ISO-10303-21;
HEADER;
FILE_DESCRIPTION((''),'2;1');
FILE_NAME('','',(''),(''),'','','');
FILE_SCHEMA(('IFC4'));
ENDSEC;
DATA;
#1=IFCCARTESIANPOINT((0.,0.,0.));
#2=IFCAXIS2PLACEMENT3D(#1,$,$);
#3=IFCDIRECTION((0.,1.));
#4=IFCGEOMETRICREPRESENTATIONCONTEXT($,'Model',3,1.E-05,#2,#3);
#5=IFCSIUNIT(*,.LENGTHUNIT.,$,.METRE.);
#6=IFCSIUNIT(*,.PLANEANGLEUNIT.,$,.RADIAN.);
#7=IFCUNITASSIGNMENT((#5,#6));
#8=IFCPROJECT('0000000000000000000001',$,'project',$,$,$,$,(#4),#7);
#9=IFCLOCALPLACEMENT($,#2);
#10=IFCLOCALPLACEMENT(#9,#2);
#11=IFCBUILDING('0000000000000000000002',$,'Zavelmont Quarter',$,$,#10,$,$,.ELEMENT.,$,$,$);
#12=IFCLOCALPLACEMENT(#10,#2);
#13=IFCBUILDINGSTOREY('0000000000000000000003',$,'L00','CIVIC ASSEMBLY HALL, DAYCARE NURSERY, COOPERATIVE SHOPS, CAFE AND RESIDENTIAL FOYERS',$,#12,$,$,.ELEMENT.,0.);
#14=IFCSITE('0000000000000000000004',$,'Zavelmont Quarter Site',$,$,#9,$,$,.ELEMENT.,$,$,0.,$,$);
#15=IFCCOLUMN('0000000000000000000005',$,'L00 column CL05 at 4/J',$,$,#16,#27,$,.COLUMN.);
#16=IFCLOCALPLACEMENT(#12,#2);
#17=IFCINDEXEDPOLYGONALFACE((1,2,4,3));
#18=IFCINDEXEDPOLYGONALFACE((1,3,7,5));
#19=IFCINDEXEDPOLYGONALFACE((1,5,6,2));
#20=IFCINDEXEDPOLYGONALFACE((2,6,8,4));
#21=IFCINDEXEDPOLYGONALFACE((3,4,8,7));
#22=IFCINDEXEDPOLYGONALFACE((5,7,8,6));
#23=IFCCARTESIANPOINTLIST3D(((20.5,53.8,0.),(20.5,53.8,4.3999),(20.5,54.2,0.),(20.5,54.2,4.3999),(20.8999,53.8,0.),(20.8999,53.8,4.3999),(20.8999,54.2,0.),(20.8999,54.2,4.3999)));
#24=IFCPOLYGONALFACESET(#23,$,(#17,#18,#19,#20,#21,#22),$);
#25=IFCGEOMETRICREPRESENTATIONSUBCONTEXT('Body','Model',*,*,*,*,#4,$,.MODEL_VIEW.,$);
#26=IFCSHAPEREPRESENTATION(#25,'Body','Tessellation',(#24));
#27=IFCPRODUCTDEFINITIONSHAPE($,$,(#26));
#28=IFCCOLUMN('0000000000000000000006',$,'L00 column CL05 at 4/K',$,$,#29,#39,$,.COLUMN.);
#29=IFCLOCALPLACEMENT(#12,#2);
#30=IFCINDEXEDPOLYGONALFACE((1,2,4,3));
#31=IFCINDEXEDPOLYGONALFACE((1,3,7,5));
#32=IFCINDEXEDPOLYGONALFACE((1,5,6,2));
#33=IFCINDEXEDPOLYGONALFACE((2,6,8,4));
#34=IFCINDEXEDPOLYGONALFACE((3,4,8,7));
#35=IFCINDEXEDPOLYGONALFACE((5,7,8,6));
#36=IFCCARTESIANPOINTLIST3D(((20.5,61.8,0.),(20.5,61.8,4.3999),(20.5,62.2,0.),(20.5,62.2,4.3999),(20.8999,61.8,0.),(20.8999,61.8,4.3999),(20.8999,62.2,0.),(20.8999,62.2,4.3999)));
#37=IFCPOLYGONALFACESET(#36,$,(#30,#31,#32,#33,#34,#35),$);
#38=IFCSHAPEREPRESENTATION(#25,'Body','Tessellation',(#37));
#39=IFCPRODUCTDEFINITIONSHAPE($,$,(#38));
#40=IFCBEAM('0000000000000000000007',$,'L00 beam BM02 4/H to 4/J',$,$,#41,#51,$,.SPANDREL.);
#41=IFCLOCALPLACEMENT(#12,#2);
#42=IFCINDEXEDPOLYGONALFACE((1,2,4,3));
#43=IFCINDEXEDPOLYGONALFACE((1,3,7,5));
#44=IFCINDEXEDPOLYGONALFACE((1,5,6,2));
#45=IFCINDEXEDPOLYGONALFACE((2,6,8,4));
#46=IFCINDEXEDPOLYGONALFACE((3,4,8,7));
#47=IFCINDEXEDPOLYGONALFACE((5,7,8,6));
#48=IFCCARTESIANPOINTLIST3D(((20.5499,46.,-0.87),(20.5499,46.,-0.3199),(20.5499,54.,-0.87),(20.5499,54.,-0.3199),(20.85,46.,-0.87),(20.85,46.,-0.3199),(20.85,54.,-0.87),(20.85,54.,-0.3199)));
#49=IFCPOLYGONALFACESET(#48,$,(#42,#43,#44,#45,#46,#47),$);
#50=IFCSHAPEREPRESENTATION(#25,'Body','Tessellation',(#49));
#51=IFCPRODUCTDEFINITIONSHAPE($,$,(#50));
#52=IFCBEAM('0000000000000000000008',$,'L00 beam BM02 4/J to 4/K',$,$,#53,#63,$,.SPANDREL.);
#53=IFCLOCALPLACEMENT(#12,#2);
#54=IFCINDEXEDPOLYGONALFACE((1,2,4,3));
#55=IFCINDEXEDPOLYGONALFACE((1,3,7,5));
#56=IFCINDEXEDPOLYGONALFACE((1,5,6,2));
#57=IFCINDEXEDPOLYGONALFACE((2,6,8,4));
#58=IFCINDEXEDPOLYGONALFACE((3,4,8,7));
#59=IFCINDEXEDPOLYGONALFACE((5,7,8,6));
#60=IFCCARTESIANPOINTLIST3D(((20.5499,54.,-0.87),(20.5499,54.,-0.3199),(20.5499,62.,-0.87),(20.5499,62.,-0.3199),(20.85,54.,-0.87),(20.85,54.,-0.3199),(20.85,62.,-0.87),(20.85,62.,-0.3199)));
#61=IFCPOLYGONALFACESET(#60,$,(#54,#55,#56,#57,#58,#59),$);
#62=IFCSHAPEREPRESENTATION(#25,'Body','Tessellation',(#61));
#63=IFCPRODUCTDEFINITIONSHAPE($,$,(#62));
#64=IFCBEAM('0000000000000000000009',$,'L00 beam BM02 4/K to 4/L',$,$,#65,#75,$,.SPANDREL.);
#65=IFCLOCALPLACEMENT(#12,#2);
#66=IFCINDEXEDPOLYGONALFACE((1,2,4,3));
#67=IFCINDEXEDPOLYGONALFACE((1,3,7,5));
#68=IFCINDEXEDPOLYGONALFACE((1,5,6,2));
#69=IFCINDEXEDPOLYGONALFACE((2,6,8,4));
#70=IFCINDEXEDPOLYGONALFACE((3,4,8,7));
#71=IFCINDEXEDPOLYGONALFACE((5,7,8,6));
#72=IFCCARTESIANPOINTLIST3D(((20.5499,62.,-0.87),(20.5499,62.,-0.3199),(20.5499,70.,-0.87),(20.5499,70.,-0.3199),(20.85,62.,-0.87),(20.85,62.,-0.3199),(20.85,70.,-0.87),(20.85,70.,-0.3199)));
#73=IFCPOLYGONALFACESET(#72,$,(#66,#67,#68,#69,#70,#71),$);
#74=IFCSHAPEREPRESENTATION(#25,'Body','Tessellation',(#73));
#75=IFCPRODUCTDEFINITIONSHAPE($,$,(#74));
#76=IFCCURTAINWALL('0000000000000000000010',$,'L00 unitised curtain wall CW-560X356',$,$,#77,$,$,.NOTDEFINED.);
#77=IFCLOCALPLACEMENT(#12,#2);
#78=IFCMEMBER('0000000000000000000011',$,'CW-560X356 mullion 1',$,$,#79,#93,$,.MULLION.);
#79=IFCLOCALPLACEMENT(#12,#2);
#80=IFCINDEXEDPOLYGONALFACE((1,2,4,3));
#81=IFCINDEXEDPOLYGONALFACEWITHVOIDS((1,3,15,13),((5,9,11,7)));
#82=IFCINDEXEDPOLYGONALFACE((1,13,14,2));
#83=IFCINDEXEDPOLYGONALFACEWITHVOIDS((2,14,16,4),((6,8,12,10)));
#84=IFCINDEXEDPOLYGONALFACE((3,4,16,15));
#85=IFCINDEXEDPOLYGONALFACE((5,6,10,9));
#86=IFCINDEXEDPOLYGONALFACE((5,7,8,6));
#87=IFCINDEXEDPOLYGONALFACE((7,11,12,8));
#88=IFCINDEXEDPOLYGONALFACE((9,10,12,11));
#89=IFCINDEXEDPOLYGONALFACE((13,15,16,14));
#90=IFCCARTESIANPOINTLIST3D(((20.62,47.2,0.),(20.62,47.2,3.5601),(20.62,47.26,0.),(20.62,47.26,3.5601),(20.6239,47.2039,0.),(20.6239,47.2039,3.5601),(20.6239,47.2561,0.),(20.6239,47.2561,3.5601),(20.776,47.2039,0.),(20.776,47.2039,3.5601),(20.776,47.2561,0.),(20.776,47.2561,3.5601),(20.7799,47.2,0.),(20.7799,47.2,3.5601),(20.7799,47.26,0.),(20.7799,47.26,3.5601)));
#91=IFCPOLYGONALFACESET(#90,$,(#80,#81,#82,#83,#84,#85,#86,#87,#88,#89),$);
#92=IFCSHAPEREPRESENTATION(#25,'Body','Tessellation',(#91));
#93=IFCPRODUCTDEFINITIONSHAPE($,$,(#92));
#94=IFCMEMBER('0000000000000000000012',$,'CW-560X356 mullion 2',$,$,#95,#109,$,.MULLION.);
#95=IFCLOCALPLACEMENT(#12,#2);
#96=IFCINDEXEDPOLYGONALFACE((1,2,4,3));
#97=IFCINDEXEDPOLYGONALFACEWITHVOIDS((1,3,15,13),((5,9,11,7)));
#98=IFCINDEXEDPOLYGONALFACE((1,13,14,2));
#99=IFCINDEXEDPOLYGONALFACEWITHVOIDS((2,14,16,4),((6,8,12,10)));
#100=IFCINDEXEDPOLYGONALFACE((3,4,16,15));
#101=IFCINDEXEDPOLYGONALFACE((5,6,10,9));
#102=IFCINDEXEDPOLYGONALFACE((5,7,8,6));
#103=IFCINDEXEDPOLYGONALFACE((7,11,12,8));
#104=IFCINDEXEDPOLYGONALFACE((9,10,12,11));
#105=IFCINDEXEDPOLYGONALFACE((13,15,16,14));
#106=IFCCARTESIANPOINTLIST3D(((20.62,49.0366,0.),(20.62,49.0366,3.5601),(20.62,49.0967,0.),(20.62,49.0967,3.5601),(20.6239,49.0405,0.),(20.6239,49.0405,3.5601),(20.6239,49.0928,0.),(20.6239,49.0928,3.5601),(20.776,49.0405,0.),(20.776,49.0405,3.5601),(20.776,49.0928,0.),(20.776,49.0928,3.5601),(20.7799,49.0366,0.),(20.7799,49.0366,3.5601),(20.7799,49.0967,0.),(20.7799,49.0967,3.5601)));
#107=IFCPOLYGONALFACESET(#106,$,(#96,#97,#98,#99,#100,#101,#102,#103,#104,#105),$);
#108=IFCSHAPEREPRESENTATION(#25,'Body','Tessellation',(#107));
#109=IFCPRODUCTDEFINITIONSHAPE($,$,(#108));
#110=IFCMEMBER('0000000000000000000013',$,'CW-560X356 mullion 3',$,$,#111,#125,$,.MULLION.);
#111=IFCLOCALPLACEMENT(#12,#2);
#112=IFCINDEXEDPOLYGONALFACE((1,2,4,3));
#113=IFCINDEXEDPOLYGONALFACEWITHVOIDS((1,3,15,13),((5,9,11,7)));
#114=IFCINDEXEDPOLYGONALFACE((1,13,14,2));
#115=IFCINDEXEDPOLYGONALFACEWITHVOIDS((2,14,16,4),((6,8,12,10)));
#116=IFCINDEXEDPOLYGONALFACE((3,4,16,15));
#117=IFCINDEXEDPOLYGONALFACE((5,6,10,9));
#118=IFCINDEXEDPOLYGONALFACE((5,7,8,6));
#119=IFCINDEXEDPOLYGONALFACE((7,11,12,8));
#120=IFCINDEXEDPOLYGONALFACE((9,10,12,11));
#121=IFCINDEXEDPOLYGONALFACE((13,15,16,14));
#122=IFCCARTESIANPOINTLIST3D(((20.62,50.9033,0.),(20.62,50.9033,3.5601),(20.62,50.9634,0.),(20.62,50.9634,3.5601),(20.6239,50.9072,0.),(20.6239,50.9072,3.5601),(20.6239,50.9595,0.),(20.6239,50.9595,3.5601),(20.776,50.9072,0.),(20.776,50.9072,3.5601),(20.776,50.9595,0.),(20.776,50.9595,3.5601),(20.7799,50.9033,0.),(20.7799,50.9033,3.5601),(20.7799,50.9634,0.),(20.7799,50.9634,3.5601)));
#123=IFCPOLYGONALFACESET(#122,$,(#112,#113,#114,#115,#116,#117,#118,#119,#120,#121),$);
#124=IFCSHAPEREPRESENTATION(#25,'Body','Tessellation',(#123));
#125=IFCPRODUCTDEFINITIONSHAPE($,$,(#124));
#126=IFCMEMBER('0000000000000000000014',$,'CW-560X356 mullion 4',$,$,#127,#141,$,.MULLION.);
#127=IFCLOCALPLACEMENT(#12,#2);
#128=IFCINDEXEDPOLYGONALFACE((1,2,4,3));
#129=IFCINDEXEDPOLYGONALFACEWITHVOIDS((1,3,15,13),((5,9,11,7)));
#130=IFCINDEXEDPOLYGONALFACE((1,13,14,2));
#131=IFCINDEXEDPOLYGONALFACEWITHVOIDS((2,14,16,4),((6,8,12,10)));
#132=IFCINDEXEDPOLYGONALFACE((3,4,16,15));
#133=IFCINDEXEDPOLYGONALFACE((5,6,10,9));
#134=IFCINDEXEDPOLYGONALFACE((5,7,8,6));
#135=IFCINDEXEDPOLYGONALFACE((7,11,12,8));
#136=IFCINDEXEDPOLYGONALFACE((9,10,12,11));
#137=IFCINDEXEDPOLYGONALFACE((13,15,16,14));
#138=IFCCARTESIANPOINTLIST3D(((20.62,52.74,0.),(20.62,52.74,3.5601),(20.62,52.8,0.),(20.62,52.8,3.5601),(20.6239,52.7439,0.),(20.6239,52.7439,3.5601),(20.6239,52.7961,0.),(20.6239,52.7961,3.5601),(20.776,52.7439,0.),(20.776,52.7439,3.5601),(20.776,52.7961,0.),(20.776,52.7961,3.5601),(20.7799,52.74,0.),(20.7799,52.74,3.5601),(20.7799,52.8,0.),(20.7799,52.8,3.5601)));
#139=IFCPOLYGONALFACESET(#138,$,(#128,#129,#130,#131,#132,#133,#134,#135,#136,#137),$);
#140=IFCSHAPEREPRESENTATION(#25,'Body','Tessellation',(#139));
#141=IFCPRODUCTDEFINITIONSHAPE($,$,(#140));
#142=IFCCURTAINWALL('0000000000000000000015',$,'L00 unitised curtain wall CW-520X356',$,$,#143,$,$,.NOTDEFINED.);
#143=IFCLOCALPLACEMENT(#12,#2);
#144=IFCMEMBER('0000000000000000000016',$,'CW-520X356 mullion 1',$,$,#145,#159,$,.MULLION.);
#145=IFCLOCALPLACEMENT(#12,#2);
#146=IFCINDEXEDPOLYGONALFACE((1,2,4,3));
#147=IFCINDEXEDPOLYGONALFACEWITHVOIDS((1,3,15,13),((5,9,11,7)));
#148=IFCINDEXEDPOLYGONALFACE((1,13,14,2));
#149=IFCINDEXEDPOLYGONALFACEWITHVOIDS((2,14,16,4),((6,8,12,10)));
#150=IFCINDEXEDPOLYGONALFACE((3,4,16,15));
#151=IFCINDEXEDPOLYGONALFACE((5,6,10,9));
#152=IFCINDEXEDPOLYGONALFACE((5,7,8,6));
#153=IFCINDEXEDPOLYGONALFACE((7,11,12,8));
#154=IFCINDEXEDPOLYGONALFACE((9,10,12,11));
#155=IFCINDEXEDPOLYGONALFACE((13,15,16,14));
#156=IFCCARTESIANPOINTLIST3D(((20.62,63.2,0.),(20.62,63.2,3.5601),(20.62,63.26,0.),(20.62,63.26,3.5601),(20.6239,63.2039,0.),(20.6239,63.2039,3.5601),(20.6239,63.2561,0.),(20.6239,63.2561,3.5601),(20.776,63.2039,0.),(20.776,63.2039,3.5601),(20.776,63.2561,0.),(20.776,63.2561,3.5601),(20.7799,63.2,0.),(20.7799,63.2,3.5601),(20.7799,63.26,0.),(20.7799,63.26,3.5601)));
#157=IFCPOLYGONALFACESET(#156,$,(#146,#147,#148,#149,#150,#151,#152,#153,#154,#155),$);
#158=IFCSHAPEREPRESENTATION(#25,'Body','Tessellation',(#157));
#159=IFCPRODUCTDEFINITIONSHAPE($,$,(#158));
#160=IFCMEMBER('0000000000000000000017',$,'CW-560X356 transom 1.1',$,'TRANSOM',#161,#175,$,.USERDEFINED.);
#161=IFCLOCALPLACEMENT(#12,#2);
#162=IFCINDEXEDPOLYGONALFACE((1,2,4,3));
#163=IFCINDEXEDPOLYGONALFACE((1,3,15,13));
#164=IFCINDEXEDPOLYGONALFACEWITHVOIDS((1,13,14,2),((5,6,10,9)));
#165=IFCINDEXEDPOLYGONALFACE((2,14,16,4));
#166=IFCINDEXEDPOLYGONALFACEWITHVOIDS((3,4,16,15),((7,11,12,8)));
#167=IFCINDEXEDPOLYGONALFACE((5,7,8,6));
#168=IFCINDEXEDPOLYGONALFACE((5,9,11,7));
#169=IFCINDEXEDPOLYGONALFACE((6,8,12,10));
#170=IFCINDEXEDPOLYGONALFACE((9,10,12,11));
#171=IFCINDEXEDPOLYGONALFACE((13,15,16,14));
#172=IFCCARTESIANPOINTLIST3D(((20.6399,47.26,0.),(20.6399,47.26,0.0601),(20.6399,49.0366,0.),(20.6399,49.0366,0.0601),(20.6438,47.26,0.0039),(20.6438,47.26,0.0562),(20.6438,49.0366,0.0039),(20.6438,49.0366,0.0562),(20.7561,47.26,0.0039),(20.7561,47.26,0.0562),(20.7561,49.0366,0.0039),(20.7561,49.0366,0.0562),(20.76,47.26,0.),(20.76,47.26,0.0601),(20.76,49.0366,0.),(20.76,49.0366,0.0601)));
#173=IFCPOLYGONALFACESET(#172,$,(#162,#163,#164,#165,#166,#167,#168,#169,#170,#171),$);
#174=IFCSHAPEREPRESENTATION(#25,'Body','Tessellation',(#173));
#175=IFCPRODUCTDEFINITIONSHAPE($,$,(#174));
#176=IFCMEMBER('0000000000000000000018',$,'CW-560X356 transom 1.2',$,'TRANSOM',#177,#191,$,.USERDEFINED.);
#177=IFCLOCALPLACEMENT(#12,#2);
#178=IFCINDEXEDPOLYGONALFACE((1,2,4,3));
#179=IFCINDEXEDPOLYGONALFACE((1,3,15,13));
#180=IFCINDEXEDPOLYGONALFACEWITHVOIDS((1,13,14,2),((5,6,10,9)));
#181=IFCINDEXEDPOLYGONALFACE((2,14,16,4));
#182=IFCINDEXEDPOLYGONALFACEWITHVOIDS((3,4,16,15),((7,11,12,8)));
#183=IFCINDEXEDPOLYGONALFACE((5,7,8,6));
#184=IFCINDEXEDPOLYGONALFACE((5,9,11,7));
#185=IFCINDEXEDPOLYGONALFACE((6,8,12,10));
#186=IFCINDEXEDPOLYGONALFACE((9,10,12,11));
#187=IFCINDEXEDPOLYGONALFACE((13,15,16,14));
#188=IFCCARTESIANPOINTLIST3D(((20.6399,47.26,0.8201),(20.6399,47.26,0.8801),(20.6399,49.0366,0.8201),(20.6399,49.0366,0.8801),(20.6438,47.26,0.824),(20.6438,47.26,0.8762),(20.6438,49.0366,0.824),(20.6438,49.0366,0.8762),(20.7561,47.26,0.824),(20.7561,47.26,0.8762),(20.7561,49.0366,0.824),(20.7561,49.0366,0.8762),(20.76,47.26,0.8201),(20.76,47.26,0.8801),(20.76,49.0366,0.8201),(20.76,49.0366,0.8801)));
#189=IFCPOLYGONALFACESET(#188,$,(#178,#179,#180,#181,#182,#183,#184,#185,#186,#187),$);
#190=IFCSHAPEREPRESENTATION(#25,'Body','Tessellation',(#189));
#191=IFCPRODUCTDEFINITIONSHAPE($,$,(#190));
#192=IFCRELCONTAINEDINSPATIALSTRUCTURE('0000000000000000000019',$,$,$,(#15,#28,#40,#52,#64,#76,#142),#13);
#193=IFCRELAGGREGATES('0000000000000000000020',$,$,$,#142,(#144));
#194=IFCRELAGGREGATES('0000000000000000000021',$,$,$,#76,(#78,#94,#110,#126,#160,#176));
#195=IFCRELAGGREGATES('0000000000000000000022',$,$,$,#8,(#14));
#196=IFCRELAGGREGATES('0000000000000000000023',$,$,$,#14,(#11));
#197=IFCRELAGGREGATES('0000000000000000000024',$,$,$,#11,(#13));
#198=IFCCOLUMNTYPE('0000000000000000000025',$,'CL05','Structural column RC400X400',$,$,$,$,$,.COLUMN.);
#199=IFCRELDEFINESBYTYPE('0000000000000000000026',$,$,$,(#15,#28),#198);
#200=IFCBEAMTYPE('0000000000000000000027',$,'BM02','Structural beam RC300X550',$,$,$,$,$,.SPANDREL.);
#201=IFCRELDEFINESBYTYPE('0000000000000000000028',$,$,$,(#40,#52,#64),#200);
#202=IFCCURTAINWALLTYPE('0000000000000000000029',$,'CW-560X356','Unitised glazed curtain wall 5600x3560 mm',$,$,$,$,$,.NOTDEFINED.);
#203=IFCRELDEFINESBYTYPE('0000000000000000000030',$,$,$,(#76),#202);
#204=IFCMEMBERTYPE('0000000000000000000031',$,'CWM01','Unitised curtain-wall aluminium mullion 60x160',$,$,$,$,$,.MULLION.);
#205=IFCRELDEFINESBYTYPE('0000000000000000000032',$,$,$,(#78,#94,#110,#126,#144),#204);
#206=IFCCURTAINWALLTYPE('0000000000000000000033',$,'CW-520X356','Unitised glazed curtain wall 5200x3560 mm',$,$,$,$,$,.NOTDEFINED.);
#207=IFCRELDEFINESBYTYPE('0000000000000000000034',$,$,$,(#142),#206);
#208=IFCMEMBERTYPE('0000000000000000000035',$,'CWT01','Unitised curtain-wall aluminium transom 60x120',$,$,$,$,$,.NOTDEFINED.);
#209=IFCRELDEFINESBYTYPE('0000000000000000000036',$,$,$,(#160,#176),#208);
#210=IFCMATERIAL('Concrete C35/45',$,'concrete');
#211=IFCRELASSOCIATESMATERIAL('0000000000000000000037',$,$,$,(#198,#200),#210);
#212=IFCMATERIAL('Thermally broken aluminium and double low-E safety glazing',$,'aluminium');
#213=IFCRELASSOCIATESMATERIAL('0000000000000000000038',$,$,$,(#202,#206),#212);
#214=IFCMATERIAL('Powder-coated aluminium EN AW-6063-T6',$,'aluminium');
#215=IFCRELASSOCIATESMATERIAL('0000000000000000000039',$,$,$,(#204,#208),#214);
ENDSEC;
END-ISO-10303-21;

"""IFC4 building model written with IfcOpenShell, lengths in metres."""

from ifc_helpers import new_model, si_unit, direction, frame, origin, origin_2d, place, context, subcontext, project, spatial, rectangle, hollow_rectangle, extrude, material, material_profile, profile_set, type_object, element, aggregate, save


model = new_model("IFC4")

# Units and contexts
model_context = context("Model", 3, precision=1e-05, world=origin(), true_north=direction((0.0, 1.0)))
body_context = subcontext(model_context, "Body", "Model", "MODEL_VIEW")
ifc_project = project(units=[si_unit("LENGTHUNIT", "METRE"), si_unit("PLANEANGLEUNIT", "RADIAN")], contexts=[model_context])

# Site, building, storey
site_placement = place(None, origin())
site = spatial("IfcSite", under=ifc_project, at=site_placement, Name="Zavelmont Quarter Site", CompositionType="ELEMENT", RefElevation=0.0)
building_placement = place(site_placement, origin())
building = spatial("IfcBuilding", under=site, at=building_placement, Name="Zavelmont Quarter", CompositionType="ELEMENT")
storey_placement = place(building_placement, origin())
storey = spatial("IfcBuildingStorey", under=building, at=storey_placement, Name="L00", Description="CIVIC ASSEMBLY HALL, DAYCARE NURSERY, COOPERATIVE SHOPS, CAFE AND RESIDENTIAL FOYERS", CompositionType="ELEMENT", Elevation=0.0)

# Columns
ifc_material_1 = material(Name="Concrete C35/45", Category="concrete")
ifc_material_profile_1 = material_profile(ifc_material_1, rectangle(XDim=0.3999, YDim=0.3999, at=origin_2d()), Name="RC400X400")
ifc_profile_set_1 = profile_set([ifc_material_profile_1], Name="Concrete C35/45")
column_type = type_object("IfcColumnType", Name="CL05", Description="Structural column RC400X400", PredefinedType="COLUMN", material=ifc_profile_set_1)
for number, where, z_axis, x_axis, name in (
    (1, (20.7, 54.0, 0.0), (0.0, 0.0, 1.0), (1.0, 0.0, 0.0), "L00 column CL05 at 4/J"),
    (2, (20.7, 62.0, 0.0), (0.0, 0.0, 1.0), (1.0, 0.0, 0.0), "L00 column CL05 at 4/K"),
):
    element("IfcColumn", number, at=place(storey_placement, frame(where, z_axis=z_axis, x_axis=x_axis)), inside=storey, type_object=column_type, Name=name, PredefinedType="COLUMN", context=body_context, shape_type="SweptSolid", body=[
        extrude(rectangle(XDim=0.3999, YDim=0.3999, at=origin_2d()), origin(), (0.0, 0.0, 1.0), 4.3999),
    ])

# Beams
ifc_material_profile_2 = material_profile(ifc_material_1, rectangle(XDim=0.3, YDim=0.55, at=origin_2d()), Name="RC300X550")
ifc_profile_set_2 = profile_set([ifc_material_profile_2], Name="Concrete C35/45")
beam_type = type_object("IfcBeamType", Name="BM02", Description="Structural beam RC300X550", PredefinedType="SPANDREL", material=ifc_profile_set_2)
for number, where, z_axis, x_axis, name in (
    (3, (20.7, 46.0, -0.595), (0.0, 1.0, 0.0), (-1.0, 0.0, 0.0), "L00 beam BM02 4/H to 4/J"),
    (4, (20.7, 54.0, -0.595), (0.0, 1.0, 0.0), (-1.0, 0.0, 0.0), "L00 beam BM02 4/J to 4/K"),
    (5, (20.7, 62.0, -0.595), (0.0, 1.0, 0.0), (-1.0, 0.0, 0.0), "L00 beam BM02 4/K to 4/L"),
):
    element("IfcBeam", number, at=place(storey_placement, frame(where, z_axis=z_axis, x_axis=x_axis)), inside=storey, type_object=beam_type, Name=name, PredefinedType="SPANDREL", context=body_context, shape_type="SweptSolid", body=[
        extrude(rectangle(XDim=0.3, YDim=0.55, at=origin_2d()), origin(), (0.0, 0.0, 1.0), 8.0),
    ])

# Curtain wall, members
ifc_material_2 = material(Name="Thermally broken aluminium and double low-E safety glazing", Category="aluminium")
curtain_wall_type_1 = type_object("IfcCurtainWallType", Name="CW-560X356", Description="Unitised glazed curtain wall 5600x3560 mm", PredefinedType="NOTDEFINED", material=ifc_material_2)
curtain_wall_1_placement = place(storey_placement, origin())
curtain_wall_1 = element("IfcCurtainWall", 6, at=curtain_wall_1_placement, inside=storey, type_object=curtain_wall_type_1, Name="L00 unitised curtain wall CW-560X356", PredefinedType="NOTDEFINED")
ifc_material_3 = material(Name="Powder-coated aluminium EN AW-6063-T6", Category="aluminium")
ifc_material_profile_3 = material_profile(ifc_material_3, hollow_rectangle(XDim=0.0601, YDim=0.1599, WallThickness=0.0039, at=origin_2d()), Name="CWM60X160")
ifc_profile_set_3 = profile_set([ifc_material_profile_3], Name="Powder-coated aluminium EN AW-6063-T6")
member_type_1 = type_object("IfcMemberType", Name="CWM01", Description="Unitised curtain-wall aluminium mullion 60x160", PredefinedType="MULLION", material=ifc_profile_set_3)
member_1_placement = place(storey_placement, frame((20.7, 47.23, 0.0), z_axis=(0.0, 0.0, 1.0), x_axis=(0.0, 1.0, 0.0)))
member_1 = element("IfcMember", 7, at=member_1_placement, type_object=member_type_1, Name="CW-560X356 mullion 1", PredefinedType="MULLION", context=body_context, shape_type="SweptSolid", body=[
    extrude(hollow_rectangle(XDim=0.0601, YDim=0.1599, WallThickness=0.0039, at=origin_2d()), origin(), (0.0, 0.0, 1.0), 3.5601),
])
member_2_placement = place(storey_placement, frame((20.7, 49.0667, 0.0), z_axis=(0.0, 0.0, 1.0), x_axis=(0.0, 1.0, 0.0)))
member_2 = element("IfcMember", 8, at=member_2_placement, type_object=member_type_1, Name="CW-560X356 mullion 2", PredefinedType="MULLION", context=body_context, shape_type="SweptSolid", body=[
    extrude(hollow_rectangle(XDim=0.0601, YDim=0.1599, WallThickness=0.0039, at=origin_2d()), origin(), (0.0, 0.0, 1.0), 3.5601),
])
member_3_placement = place(storey_placement, frame((20.7, 50.9333, 0.0), z_axis=(0.0, 0.0, 1.0), x_axis=(0.0, 1.0, 0.0)))
member_3 = element("IfcMember", 9, at=member_3_placement, type_object=member_type_1, Name="CW-560X356 mullion 3", PredefinedType="MULLION", context=body_context, shape_type="SweptSolid", body=[
    extrude(hollow_rectangle(XDim=0.0601, YDim=0.1599, WallThickness=0.0039, at=origin_2d()), origin(), (0.0, 0.0, 1.0), 3.5601),
])
member_4_placement = place(storey_placement, frame((20.7, 52.77, 0.0), z_axis=(0.0, 0.0, 1.0), x_axis=(0.0, 1.0, 0.0)))
member_4 = element("IfcMember", 10, at=member_4_placement, type_object=member_type_1, Name="CW-560X356 mullion 4", PredefinedType="MULLION", context=body_context, shape_type="SweptSolid", body=[
    extrude(hollow_rectangle(XDim=0.0601, YDim=0.1599, WallThickness=0.0039, at=origin_2d()), origin(), (0.0, 0.0, 1.0), 3.5601),
])

# Curtain wall, member
curtain_wall_type_2 = type_object("IfcCurtainWallType", Name="CW-520X356", Description="Unitised glazed curtain wall 5200x3560 mm", PredefinedType="NOTDEFINED", material=ifc_material_2)
curtain_wall_2_placement = place(storey_placement, origin())
curtain_wall_2 = element("IfcCurtainWall", 11, at=curtain_wall_2_placement, inside=storey, type_object=curtain_wall_type_2, Name="L00 unitised curtain wall CW-520X356", PredefinedType="NOTDEFINED")
member_5_placement = place(storey_placement, frame((20.7, 63.23, 0.0), z_axis=(0.0, 0.0, 1.0), x_axis=(0.0, 1.0, 0.0)))
member_5 = element("IfcMember", 12, at=member_5_placement, type_object=member_type_1, Name="CW-520X356 mullion 1", PredefinedType="MULLION", context=body_context, shape_type="SweptSolid", body=[
    extrude(hollow_rectangle(XDim=0.0601, YDim=0.1599, WallThickness=0.0039, at=origin_2d()), origin(), (0.0, 0.0, 1.0), 3.5601),
])

# Members
ifc_material_profile_4 = material_profile(ifc_material_3, hollow_rectangle(XDim=0.1201, YDim=0.0601, WallThickness=0.0039, at=origin_2d()), Name="CWT60X120")
ifc_profile_set_4 = profile_set([ifc_material_profile_4], Name="Powder-coated aluminium EN AW-6063-T6")
member_type_2 = type_object("IfcMemberType", Name="CWT01", Description="Unitised curtain-wall aluminium transom 60x120", PredefinedType="NOTDEFINED", material=ifc_profile_set_4)
member_6_placement = place(storey_placement, frame((20.7, 47.26, 0.03), z_axis=(0.0, 1.0, 0.0), x_axis=(-1.0, 0.0, 0.0)))
member_6 = element("IfcMember", 13, at=member_6_placement, type_object=member_type_2, Name="CW-560X356 transom 1.1", ObjectType="TRANSOM", PredefinedType="USERDEFINED", context=body_context, shape_type="SweptSolid", body=[
    extrude(hollow_rectangle(XDim=0.1201, YDim=0.0601, WallThickness=0.0039, at=origin_2d()), origin(), (0.0, 0.0, 1.0), 1.7766),
])
member_7_placement = place(storey_placement, frame((20.7, 47.26, 0.8501), z_axis=(0.0, 1.0, 0.0), x_axis=(-1.0, 0.0, 0.0)))
member_7 = element("IfcMember", 14, at=member_7_placement, type_object=member_type_2, Name="CW-560X356 transom 1.2", ObjectType="TRANSOM", PredefinedType="USERDEFINED", context=body_context, shape_type="SweptSolid", body=[
    extrude(hollow_rectangle(XDim=0.1201, YDim=0.0601, WallThickness=0.0039, at=origin_2d()), origin(), (0.0, 0.0, 1.0), 1.7766),
])
aggregate(curtain_wall_2, [member_5])

aggregate(curtain_wall_1, [member_1, member_2, member_3, member_4, member_6, member_7])

save(model, "model.ifc")
